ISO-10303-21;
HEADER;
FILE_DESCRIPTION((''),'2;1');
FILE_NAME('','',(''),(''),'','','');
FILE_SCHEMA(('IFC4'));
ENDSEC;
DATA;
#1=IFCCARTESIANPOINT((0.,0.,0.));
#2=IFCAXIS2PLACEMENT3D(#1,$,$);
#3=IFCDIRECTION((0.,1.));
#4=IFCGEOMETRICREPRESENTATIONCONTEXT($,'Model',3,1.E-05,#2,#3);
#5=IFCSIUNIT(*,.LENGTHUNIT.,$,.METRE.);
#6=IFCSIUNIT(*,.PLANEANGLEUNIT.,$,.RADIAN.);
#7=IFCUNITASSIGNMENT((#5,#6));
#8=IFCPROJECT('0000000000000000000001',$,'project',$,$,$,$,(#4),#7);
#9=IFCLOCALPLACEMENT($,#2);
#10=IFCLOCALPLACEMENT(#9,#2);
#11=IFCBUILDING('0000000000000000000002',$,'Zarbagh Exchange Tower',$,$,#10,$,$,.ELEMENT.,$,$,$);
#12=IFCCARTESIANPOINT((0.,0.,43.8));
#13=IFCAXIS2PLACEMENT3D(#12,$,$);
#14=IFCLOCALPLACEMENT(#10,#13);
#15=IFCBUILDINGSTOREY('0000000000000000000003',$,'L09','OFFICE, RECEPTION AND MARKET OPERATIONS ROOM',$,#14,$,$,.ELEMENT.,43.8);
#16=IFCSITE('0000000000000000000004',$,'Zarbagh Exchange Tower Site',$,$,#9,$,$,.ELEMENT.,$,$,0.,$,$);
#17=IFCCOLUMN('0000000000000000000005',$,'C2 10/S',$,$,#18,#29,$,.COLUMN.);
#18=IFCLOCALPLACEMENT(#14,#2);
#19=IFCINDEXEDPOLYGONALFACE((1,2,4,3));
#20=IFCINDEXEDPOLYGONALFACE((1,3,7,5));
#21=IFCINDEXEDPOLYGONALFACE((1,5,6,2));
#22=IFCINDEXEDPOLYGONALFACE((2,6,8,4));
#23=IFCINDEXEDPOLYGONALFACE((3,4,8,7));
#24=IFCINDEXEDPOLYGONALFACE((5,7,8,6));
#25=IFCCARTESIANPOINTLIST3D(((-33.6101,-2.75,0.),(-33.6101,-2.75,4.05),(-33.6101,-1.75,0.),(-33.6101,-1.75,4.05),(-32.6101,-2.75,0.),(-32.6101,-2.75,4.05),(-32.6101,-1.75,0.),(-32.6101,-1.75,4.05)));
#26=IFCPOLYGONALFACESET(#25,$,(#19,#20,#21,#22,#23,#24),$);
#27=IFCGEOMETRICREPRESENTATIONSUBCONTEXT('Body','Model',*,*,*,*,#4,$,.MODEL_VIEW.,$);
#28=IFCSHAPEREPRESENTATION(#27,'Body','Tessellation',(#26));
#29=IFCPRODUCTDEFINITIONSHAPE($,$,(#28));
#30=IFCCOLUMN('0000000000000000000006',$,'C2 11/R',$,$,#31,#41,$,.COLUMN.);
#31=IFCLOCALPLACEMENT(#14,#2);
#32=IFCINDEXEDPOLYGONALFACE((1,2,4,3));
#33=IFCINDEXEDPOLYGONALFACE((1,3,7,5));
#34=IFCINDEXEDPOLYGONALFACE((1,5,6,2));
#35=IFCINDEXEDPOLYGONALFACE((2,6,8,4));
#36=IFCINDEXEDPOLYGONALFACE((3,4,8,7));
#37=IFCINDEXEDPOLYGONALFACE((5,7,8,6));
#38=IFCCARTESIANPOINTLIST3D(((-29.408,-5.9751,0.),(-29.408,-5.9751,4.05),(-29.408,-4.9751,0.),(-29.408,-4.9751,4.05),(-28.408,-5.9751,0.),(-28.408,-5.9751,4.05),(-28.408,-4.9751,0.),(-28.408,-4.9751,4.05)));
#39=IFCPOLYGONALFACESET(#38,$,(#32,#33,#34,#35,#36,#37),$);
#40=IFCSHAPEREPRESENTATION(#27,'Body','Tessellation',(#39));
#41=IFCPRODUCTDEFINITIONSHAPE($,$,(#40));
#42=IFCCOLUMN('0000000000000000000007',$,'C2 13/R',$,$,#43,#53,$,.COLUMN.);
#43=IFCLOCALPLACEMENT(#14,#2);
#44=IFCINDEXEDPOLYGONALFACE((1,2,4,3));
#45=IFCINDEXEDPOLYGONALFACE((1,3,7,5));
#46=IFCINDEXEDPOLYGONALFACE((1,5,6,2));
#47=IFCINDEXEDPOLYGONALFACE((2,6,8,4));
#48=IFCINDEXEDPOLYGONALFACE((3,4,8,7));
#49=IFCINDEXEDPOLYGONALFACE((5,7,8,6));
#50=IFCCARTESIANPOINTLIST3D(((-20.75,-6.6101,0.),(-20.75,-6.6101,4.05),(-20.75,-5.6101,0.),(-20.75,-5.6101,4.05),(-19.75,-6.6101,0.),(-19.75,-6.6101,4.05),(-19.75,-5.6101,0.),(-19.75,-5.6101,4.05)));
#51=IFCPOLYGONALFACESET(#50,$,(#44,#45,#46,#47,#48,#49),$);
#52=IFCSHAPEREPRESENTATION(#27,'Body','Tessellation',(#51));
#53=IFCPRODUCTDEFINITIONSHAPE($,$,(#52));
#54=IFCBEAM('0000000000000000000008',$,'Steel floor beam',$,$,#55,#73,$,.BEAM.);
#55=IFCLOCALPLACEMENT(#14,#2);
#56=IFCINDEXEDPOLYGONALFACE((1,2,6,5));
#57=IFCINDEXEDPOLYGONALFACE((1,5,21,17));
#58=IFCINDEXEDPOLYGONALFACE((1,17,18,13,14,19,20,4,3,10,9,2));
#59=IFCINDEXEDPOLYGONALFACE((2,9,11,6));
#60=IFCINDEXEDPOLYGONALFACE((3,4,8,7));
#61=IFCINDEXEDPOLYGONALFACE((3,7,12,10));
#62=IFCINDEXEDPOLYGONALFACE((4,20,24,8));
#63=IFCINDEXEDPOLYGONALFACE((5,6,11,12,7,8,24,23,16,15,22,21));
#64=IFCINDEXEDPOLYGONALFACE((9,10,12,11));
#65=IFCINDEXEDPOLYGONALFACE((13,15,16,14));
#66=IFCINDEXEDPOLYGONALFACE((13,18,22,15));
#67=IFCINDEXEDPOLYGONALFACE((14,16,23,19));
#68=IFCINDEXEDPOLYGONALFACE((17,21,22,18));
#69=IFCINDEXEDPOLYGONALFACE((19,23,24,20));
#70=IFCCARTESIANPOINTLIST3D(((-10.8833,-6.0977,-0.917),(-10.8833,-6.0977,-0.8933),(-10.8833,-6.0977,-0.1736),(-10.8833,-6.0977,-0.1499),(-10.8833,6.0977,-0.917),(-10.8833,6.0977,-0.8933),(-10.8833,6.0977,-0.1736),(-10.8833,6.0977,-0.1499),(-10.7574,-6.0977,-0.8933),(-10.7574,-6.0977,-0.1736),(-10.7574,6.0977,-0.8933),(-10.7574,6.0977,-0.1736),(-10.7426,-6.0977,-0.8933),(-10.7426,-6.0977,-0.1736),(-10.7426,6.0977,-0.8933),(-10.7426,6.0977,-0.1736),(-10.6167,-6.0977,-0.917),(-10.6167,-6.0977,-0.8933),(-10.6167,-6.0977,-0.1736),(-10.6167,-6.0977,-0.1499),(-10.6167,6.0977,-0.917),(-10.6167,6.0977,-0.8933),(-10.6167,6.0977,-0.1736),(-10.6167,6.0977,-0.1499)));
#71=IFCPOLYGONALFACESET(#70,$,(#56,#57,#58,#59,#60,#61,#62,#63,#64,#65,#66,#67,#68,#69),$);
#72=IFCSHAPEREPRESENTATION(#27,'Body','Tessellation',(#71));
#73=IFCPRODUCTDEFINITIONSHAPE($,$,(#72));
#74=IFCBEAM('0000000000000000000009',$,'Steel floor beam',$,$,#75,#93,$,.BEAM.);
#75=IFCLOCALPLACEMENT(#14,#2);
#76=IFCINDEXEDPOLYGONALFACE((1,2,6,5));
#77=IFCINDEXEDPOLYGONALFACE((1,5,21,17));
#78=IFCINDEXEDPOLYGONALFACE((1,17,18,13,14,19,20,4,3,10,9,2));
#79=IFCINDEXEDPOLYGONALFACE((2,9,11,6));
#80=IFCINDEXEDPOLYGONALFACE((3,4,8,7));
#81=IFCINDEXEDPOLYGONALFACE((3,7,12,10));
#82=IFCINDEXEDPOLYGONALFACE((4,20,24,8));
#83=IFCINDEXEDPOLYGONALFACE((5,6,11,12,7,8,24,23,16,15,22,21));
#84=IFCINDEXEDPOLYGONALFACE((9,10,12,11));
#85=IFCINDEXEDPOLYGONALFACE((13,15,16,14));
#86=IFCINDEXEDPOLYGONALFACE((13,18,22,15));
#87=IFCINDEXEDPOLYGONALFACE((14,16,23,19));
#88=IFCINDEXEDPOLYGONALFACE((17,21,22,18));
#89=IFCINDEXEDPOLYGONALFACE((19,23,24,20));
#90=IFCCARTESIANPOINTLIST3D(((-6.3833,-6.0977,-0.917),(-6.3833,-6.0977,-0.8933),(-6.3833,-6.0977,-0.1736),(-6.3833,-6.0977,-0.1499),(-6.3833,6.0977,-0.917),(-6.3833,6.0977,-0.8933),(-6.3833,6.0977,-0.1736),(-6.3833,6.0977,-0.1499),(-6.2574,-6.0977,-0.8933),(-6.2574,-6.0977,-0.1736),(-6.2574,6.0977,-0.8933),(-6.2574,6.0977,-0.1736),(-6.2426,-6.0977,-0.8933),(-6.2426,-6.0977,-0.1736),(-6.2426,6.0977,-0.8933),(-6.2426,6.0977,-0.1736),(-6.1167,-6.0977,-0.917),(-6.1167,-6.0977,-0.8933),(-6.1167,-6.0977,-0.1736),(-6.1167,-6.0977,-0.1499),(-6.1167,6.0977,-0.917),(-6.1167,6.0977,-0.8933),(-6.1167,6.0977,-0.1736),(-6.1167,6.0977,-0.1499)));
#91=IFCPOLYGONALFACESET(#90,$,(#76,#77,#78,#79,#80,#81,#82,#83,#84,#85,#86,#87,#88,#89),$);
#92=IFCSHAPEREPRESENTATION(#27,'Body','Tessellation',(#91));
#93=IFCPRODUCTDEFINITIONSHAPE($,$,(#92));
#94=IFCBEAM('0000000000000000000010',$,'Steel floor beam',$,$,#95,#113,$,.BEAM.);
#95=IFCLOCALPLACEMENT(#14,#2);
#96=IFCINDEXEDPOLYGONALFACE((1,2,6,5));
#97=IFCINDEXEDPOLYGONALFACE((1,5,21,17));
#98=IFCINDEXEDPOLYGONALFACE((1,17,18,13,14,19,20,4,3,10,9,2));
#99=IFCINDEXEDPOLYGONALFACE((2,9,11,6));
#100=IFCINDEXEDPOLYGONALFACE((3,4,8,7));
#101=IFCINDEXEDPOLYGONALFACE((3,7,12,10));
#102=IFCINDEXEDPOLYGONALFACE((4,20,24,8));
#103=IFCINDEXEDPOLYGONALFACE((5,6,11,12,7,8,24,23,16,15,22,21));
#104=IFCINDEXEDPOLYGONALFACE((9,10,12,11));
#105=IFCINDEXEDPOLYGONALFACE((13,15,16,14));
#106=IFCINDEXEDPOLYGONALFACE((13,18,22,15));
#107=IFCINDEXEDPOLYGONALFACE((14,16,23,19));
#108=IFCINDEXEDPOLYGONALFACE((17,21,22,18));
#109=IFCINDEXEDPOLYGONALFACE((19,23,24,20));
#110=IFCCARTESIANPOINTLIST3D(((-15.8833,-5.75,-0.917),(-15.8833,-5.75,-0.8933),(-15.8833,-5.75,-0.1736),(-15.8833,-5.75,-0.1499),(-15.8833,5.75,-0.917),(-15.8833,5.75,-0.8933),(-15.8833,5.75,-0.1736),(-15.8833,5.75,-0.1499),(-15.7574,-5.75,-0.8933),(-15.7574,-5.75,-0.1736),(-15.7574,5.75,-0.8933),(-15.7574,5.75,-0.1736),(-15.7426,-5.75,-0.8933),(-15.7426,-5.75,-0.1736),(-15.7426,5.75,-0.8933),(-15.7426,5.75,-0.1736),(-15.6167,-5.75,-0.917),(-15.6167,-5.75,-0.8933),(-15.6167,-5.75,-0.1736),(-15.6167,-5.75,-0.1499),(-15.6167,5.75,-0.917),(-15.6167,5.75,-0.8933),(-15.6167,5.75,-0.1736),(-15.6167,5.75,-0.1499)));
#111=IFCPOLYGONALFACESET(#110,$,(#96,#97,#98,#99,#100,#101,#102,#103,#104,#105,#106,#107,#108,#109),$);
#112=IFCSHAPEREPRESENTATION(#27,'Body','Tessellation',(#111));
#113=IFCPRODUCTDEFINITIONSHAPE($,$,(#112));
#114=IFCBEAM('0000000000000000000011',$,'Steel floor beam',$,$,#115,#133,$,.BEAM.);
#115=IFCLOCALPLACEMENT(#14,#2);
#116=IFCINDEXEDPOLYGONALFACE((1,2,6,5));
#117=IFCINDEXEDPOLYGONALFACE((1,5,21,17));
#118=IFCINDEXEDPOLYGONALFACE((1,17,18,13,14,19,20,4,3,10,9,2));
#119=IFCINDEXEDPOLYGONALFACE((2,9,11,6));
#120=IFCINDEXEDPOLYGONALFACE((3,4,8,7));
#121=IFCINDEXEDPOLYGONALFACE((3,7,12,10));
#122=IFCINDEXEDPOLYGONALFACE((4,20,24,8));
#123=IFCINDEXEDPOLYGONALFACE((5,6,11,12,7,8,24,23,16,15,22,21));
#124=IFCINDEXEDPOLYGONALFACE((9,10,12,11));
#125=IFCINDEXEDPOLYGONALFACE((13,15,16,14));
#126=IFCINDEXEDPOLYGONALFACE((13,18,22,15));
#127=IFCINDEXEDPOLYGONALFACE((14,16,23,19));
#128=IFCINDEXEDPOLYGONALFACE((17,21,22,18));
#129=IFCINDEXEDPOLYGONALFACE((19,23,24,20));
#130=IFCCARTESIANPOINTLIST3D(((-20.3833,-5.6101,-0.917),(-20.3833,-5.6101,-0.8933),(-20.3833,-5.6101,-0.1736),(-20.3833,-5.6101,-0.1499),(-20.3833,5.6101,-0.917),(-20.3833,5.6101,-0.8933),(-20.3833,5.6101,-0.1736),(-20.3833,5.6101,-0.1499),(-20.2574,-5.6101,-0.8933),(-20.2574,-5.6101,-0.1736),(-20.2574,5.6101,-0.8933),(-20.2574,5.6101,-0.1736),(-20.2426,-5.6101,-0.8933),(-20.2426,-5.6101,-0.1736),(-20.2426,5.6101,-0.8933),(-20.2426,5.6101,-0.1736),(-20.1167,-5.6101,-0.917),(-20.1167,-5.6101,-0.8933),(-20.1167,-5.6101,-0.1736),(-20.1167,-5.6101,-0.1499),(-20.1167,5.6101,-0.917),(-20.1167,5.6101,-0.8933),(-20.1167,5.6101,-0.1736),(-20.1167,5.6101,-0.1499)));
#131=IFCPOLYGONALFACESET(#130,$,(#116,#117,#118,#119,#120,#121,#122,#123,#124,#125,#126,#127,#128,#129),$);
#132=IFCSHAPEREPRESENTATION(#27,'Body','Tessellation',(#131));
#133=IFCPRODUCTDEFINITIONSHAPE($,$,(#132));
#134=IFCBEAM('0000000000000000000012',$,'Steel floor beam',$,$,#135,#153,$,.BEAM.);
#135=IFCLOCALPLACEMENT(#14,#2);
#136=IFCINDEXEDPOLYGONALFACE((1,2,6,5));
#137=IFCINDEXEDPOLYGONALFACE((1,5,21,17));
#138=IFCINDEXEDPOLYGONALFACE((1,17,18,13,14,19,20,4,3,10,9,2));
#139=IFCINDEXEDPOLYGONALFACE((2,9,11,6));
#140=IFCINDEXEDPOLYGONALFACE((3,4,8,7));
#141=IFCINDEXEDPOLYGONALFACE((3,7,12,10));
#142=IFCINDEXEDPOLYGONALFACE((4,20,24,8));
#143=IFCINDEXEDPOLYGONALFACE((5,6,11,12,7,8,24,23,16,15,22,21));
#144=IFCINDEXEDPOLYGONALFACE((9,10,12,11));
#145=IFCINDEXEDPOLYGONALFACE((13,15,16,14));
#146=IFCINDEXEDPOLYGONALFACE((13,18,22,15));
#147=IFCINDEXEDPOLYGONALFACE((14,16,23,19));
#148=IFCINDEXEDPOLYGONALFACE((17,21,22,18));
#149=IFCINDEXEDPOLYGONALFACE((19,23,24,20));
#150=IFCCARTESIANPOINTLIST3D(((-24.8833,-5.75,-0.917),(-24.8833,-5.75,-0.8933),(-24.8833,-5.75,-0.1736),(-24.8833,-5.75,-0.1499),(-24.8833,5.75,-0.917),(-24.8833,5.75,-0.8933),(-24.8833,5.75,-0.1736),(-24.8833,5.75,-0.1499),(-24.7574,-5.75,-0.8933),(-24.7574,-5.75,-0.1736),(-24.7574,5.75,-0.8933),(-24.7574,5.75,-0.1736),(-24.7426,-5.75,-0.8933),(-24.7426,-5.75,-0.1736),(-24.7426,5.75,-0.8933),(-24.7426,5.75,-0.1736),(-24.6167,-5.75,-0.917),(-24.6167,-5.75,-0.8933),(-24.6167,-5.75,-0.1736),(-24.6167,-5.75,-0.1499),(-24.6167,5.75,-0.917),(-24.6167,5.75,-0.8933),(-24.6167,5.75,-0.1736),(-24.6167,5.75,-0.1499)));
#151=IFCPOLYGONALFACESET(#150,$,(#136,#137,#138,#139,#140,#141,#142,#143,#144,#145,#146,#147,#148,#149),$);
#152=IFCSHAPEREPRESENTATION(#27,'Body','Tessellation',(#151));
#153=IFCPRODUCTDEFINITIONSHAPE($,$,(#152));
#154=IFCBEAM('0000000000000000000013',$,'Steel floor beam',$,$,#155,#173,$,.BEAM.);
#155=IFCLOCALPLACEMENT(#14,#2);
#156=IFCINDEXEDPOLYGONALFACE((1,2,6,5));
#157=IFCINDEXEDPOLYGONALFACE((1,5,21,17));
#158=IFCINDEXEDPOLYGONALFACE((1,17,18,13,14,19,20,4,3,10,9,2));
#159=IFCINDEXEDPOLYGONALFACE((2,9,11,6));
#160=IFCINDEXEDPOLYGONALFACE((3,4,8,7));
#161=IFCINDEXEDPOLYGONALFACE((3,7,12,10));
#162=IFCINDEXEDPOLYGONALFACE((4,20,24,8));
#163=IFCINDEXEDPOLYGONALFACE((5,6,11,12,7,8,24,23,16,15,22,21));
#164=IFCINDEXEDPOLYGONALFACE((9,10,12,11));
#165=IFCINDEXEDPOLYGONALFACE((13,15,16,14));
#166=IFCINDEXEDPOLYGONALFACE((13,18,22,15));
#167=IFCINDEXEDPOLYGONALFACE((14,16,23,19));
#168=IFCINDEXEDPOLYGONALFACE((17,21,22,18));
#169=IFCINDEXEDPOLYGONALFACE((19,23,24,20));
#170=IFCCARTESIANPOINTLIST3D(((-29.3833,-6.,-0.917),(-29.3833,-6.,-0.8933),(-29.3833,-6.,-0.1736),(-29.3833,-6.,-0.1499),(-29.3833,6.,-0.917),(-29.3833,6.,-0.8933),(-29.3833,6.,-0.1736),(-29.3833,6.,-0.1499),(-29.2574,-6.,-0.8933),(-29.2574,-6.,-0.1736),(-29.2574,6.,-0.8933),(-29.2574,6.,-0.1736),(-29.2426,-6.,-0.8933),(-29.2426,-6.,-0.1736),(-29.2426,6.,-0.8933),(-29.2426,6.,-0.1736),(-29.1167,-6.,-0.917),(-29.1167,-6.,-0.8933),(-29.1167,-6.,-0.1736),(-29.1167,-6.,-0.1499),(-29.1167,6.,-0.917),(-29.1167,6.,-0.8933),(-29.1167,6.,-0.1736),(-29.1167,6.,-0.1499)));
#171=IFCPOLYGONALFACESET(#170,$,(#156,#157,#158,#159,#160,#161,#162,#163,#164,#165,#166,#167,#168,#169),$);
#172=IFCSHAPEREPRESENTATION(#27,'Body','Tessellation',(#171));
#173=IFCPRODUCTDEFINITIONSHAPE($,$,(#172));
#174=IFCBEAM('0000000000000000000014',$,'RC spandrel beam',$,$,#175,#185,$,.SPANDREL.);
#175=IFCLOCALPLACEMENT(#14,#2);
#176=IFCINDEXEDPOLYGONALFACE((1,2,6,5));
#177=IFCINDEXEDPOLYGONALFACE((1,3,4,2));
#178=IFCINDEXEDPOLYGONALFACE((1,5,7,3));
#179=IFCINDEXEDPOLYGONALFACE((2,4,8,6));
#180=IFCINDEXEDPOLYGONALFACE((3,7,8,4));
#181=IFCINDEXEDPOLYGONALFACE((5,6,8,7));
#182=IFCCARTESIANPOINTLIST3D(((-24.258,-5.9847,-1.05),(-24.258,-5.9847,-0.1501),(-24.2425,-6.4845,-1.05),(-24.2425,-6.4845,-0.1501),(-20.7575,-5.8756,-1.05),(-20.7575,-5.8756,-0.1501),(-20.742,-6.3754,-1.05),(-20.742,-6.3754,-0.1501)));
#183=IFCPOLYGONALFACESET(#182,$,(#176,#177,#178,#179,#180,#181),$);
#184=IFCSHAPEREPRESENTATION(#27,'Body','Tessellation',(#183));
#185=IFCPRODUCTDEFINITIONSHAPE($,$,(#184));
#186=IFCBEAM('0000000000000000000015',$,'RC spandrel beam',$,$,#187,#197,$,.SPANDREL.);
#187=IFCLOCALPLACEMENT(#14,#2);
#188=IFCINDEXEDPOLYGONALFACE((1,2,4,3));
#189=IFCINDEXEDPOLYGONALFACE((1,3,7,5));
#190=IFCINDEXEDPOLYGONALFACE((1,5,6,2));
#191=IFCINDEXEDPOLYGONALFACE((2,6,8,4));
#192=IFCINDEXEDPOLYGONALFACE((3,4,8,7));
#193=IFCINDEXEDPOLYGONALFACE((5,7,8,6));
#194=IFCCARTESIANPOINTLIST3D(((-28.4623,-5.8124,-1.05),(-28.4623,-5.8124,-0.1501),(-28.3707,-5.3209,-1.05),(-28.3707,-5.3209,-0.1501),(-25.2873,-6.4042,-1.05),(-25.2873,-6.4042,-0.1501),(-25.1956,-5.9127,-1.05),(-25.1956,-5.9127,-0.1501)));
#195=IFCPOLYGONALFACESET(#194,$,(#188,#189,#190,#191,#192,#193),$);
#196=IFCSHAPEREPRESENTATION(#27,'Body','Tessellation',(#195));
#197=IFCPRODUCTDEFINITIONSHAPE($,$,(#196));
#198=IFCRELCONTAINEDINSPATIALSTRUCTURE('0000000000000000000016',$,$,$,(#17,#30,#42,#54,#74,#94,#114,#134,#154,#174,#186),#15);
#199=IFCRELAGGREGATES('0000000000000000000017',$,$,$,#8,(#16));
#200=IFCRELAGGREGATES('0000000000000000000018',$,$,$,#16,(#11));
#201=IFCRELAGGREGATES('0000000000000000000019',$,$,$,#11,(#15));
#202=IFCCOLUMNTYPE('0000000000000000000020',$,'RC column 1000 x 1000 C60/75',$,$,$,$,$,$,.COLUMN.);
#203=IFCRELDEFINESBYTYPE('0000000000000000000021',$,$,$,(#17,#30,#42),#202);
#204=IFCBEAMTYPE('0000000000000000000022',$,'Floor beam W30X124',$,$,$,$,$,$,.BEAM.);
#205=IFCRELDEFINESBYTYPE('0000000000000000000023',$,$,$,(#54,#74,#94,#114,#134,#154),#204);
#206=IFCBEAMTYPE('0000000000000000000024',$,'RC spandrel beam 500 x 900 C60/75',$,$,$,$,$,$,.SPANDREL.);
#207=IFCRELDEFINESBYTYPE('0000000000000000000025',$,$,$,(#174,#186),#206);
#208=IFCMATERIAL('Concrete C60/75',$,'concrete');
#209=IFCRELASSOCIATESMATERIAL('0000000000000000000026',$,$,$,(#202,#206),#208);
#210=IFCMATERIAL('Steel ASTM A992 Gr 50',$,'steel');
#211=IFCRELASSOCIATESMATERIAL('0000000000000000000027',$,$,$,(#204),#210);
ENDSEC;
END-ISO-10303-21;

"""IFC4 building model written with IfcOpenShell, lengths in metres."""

from ifc_helpers import new_model, si_unit, direction, frame, origin, origin_2d, place, context, subcontext, project, spatial, rectangle, i_section, extrude, material, material_profile, profile_set, type_object, element, save


model = new_model("IFC4")

# Units and contexts
model_context = context("Model", 3, precision=1e-05, world=origin(), true_north=direction((0.0, 1.0)))
body_context = subcontext(model_context, "Body", "Model", "MODEL_VIEW")
ifc_project = project(units=[si_unit("LENGTHUNIT", "METRE"), si_unit("PLANEANGLEUNIT", "RADIAN")], contexts=[model_context])

# Site, building, storey
site_placement = place(None, origin())
site = spatial("IfcSite", under=ifc_project, at=site_placement, Name="Zarbagh Exchange Tower Site", CompositionType="ELEMENT", RefElevation=0.0)
building_placement = place(site_placement, origin())
building = spatial("IfcBuilding", under=site, at=building_placement, Name="Zarbagh Exchange Tower", CompositionType="ELEMENT")
storey_placement = place(building_placement, frame((0.0, 0.0, 43.8)))
storey = spatial("IfcBuildingStorey", under=building, at=storey_placement, Name="L09", Description="OFFICE, RECEPTION AND MARKET OPERATIONS ROOM", CompositionType="ELEMENT", Elevation=43.8)

# Columns
ifc_material_1 = material(Name="Concrete C60/75", Category="concrete")
ifc_material_profile_1 = material_profile(ifc_material_1, rectangle(XDim=1.0, YDim=1.0, at=origin_2d()), Name="RC column 1000 x 1000 C60/75")
ifc_profile_set_1 = profile_set([ifc_material_profile_1], Name="Concrete C60/75")
column_type = type_object("IfcColumnType", Name="RC column 1000 x 1000 C60/75", PredefinedType="COLUMN", material=ifc_profile_set_1)
for number, where, z_axis, x_axis, name in (
    (1, (-33.1101, -2.25, 0.0), (0.0, 0.0, 1.0), (1.0, 0.0, 0.0), "C2 10/S"),
    (2, (-28.908, -5.4751, 0.0), (0.0, 0.0, 1.0), (1.0, 0.0, 0.0), "C2 11/R"),
    (3, (-20.25, -6.1101, 0.0), (0.0, 0.0, 1.0), (1.0, 0.0, 0.0), "C2 13/R"),
):
    element("IfcColumn", number, at=place(storey_placement, frame(where, z_axis=z_axis, x_axis=x_axis)), inside=storey, type_object=column_type, Name=name, PredefinedType="COLUMN", context=body_context, shape_type="SweptSolid", body=[
        extrude(rectangle(XDim=1.0, YDim=1.0, at=origin_2d()), origin(), (0.0, 0.0, 1.0), 4.05),
    ])

# Beams
ifc_material_2 = material(Name="Steel ASTM A992 Gr 50", Category="steel")
ifc_material_profile_2 = material_profile(ifc_material_2, i_section(OverallWidth=0.2666, OverallDepth=0.7671, WebThickness=0.0149, FlangeThickness=0.0237, at=origin_2d()), Name="W30X124")
ifc_profile_set_2 = profile_set([ifc_material_profile_2], Name="Steel ASTM A992 Gr 50")
beam_type_1 = type_object("IfcBeamType", Name="Floor beam W30X124", PredefinedType="BEAM", material=ifc_profile_set_2)
for number, where, z_axis, x_axis, name in (
    (4, (-10.75, -6.0977, -0.5334), (0.0, 1.0, 0.0), (-1.0, 0.0, 0.0), "Steel floor beam"),
    (5, (-6.25, -6.0977, -0.5334), (0.0, 1.0, 0.0), (-1.0, 0.0, 0.0), "Steel floor beam"),
):
    element("IfcBeam", number, at=place(storey_placement, frame(where, z_axis=z_axis, x_axis=x_axis)), inside=storey, type_object=beam_type_1, Name=name, PredefinedType="BEAM", context=body_context, shape_type="SweptSolid", body=[
        extrude(i_section(OverallWidth=0.2666, OverallDepth=0.7671, WebThickness=0.0149, FlangeThickness=0.0237, at=origin_2d()), origin(), (0.0, 0.0, 1.0), 12.1953),
    ])
beam_1_placement = place(storey_placement, frame((-15.75, -5.75, -0.5334), z_axis=(0.0, 1.0, 0.0), x_axis=(-1.0, 0.0, 0.0)))
element("IfcBeam", 6, at=beam_1_placement, inside=storey, type_object=beam_type_1, Name="Steel floor beam", PredefinedType="BEAM", context=body_context, shape_type="SweptSolid", body=[
    extrude(i_section(OverallWidth=0.2666, OverallDepth=0.7671, WebThickness=0.0149, FlangeThickness=0.0237, at=origin_2d()), origin(), (0.0, 0.0, 1.0), 11.5),
])
beam_2_placement = place(storey_placement, frame((-20.25, -5.6101, -0.5334), z_axis=(0.0, 1.0, 0.0), x_axis=(-1.0, 0.0, 0.0)))
element("IfcBeam", 7, at=beam_2_placement, inside=storey, type_object=beam_type_1, Name="Steel floor beam", PredefinedType="BEAM", context=body_context, shape_type="SweptSolid", body=[
    extrude(i_section(OverallWidth=0.2666, OverallDepth=0.7671, WebThickness=0.0149, FlangeThickness=0.0237, at=origin_2d()), origin(), (0.0, 0.0, 1.0), 11.2202),
])
beam_3_placement = place(storey_placement, frame((-24.75, -5.75, -0.5334), z_axis=(0.0, 1.0, 0.0), x_axis=(-1.0, 0.0, 0.0)))
element("IfcBeam", 8, at=beam_3_placement, inside=storey, type_object=beam_type_1, Name="Steel floor beam", PredefinedType="BEAM", context=body_context, shape_type="SweptSolid", body=[
    extrude(i_section(OverallWidth=0.2666, OverallDepth=0.7671, WebThickness=0.0149, FlangeThickness=0.0237, at=origin_2d()), origin(), (0.0, 0.0, 1.0), 11.5),
])
beam_4_placement = place(storey_placement, frame((-29.25, -6.0, -0.5334), z_axis=(0.0, 1.0, 0.0), x_axis=(-1.0, 0.0, 0.0)))
element("IfcBeam", 9, at=beam_4_placement, inside=storey, type_object=beam_type_1, Name="Steel floor beam", PredefinedType="BEAM", context=body_context, shape_type="SweptSolid", body=[
    extrude(i_section(OverallWidth=0.2666, OverallDepth=0.7671, WebThickness=0.0149, FlangeThickness=0.0237, at=origin_2d()), origin(), (0.0, 0.0, 1.0), 12.0),
])
ifc_material_profile_3 = material_profile(ifc_material_1, rectangle(XDim=0.5, YDim=0.8999, at=origin_2d()), Name="RC spandrel beam 500 x 900 C60/75")
ifc_profile_set_3 = profile_set([ifc_material_profile_3], Name="Concrete C60/75")
beam_type_2 = type_object("IfcBeamType", Name="RC spandrel beam 500 x 900 C60/75", PredefinedType="SPANDREL", material=ifc_profile_set_3)
beam_5_placement = place(storey_placement, frame((-20.7498, -6.1255, -0.6001), z_axis=(-0.999514, -0.031161, 0.0), x_axis=(0.031161, -0.999514, 0.0)))
element("IfcBeam", 10, at=beam_5_placement, inside=storey, type_object=beam_type_2, Name="RC spandrel beam", PredefinedType="SPANDREL", context=body_context, shape_type="SweptSolid", body=[
    extrude(rectangle(XDim=0.5, YDim=0.8999, at=origin_2d()), origin(), (0.0, 0.0, 1.0), 3.5022),
])
beam_6_placement = place(storey_placement, frame((-25.2415, -6.1584, -0.6001), z_axis=(-0.983069, 0.183234, 0.0), x_axis=(-0.183234, -0.983069, 0.0)))
element("IfcBeam", 11, at=beam_6_placement, inside=storey, type_object=beam_type_2, Name="RC spandrel beam", PredefinedType="SPANDREL", context=body_context, shape_type="SweptSolid", body=[
    extrude(rectangle(XDim=0.5, YDim=0.8999, at=origin_2d()), origin(), (0.0, 0.0, 1.0), 3.2297),
])

save(model, "model.ifc")
